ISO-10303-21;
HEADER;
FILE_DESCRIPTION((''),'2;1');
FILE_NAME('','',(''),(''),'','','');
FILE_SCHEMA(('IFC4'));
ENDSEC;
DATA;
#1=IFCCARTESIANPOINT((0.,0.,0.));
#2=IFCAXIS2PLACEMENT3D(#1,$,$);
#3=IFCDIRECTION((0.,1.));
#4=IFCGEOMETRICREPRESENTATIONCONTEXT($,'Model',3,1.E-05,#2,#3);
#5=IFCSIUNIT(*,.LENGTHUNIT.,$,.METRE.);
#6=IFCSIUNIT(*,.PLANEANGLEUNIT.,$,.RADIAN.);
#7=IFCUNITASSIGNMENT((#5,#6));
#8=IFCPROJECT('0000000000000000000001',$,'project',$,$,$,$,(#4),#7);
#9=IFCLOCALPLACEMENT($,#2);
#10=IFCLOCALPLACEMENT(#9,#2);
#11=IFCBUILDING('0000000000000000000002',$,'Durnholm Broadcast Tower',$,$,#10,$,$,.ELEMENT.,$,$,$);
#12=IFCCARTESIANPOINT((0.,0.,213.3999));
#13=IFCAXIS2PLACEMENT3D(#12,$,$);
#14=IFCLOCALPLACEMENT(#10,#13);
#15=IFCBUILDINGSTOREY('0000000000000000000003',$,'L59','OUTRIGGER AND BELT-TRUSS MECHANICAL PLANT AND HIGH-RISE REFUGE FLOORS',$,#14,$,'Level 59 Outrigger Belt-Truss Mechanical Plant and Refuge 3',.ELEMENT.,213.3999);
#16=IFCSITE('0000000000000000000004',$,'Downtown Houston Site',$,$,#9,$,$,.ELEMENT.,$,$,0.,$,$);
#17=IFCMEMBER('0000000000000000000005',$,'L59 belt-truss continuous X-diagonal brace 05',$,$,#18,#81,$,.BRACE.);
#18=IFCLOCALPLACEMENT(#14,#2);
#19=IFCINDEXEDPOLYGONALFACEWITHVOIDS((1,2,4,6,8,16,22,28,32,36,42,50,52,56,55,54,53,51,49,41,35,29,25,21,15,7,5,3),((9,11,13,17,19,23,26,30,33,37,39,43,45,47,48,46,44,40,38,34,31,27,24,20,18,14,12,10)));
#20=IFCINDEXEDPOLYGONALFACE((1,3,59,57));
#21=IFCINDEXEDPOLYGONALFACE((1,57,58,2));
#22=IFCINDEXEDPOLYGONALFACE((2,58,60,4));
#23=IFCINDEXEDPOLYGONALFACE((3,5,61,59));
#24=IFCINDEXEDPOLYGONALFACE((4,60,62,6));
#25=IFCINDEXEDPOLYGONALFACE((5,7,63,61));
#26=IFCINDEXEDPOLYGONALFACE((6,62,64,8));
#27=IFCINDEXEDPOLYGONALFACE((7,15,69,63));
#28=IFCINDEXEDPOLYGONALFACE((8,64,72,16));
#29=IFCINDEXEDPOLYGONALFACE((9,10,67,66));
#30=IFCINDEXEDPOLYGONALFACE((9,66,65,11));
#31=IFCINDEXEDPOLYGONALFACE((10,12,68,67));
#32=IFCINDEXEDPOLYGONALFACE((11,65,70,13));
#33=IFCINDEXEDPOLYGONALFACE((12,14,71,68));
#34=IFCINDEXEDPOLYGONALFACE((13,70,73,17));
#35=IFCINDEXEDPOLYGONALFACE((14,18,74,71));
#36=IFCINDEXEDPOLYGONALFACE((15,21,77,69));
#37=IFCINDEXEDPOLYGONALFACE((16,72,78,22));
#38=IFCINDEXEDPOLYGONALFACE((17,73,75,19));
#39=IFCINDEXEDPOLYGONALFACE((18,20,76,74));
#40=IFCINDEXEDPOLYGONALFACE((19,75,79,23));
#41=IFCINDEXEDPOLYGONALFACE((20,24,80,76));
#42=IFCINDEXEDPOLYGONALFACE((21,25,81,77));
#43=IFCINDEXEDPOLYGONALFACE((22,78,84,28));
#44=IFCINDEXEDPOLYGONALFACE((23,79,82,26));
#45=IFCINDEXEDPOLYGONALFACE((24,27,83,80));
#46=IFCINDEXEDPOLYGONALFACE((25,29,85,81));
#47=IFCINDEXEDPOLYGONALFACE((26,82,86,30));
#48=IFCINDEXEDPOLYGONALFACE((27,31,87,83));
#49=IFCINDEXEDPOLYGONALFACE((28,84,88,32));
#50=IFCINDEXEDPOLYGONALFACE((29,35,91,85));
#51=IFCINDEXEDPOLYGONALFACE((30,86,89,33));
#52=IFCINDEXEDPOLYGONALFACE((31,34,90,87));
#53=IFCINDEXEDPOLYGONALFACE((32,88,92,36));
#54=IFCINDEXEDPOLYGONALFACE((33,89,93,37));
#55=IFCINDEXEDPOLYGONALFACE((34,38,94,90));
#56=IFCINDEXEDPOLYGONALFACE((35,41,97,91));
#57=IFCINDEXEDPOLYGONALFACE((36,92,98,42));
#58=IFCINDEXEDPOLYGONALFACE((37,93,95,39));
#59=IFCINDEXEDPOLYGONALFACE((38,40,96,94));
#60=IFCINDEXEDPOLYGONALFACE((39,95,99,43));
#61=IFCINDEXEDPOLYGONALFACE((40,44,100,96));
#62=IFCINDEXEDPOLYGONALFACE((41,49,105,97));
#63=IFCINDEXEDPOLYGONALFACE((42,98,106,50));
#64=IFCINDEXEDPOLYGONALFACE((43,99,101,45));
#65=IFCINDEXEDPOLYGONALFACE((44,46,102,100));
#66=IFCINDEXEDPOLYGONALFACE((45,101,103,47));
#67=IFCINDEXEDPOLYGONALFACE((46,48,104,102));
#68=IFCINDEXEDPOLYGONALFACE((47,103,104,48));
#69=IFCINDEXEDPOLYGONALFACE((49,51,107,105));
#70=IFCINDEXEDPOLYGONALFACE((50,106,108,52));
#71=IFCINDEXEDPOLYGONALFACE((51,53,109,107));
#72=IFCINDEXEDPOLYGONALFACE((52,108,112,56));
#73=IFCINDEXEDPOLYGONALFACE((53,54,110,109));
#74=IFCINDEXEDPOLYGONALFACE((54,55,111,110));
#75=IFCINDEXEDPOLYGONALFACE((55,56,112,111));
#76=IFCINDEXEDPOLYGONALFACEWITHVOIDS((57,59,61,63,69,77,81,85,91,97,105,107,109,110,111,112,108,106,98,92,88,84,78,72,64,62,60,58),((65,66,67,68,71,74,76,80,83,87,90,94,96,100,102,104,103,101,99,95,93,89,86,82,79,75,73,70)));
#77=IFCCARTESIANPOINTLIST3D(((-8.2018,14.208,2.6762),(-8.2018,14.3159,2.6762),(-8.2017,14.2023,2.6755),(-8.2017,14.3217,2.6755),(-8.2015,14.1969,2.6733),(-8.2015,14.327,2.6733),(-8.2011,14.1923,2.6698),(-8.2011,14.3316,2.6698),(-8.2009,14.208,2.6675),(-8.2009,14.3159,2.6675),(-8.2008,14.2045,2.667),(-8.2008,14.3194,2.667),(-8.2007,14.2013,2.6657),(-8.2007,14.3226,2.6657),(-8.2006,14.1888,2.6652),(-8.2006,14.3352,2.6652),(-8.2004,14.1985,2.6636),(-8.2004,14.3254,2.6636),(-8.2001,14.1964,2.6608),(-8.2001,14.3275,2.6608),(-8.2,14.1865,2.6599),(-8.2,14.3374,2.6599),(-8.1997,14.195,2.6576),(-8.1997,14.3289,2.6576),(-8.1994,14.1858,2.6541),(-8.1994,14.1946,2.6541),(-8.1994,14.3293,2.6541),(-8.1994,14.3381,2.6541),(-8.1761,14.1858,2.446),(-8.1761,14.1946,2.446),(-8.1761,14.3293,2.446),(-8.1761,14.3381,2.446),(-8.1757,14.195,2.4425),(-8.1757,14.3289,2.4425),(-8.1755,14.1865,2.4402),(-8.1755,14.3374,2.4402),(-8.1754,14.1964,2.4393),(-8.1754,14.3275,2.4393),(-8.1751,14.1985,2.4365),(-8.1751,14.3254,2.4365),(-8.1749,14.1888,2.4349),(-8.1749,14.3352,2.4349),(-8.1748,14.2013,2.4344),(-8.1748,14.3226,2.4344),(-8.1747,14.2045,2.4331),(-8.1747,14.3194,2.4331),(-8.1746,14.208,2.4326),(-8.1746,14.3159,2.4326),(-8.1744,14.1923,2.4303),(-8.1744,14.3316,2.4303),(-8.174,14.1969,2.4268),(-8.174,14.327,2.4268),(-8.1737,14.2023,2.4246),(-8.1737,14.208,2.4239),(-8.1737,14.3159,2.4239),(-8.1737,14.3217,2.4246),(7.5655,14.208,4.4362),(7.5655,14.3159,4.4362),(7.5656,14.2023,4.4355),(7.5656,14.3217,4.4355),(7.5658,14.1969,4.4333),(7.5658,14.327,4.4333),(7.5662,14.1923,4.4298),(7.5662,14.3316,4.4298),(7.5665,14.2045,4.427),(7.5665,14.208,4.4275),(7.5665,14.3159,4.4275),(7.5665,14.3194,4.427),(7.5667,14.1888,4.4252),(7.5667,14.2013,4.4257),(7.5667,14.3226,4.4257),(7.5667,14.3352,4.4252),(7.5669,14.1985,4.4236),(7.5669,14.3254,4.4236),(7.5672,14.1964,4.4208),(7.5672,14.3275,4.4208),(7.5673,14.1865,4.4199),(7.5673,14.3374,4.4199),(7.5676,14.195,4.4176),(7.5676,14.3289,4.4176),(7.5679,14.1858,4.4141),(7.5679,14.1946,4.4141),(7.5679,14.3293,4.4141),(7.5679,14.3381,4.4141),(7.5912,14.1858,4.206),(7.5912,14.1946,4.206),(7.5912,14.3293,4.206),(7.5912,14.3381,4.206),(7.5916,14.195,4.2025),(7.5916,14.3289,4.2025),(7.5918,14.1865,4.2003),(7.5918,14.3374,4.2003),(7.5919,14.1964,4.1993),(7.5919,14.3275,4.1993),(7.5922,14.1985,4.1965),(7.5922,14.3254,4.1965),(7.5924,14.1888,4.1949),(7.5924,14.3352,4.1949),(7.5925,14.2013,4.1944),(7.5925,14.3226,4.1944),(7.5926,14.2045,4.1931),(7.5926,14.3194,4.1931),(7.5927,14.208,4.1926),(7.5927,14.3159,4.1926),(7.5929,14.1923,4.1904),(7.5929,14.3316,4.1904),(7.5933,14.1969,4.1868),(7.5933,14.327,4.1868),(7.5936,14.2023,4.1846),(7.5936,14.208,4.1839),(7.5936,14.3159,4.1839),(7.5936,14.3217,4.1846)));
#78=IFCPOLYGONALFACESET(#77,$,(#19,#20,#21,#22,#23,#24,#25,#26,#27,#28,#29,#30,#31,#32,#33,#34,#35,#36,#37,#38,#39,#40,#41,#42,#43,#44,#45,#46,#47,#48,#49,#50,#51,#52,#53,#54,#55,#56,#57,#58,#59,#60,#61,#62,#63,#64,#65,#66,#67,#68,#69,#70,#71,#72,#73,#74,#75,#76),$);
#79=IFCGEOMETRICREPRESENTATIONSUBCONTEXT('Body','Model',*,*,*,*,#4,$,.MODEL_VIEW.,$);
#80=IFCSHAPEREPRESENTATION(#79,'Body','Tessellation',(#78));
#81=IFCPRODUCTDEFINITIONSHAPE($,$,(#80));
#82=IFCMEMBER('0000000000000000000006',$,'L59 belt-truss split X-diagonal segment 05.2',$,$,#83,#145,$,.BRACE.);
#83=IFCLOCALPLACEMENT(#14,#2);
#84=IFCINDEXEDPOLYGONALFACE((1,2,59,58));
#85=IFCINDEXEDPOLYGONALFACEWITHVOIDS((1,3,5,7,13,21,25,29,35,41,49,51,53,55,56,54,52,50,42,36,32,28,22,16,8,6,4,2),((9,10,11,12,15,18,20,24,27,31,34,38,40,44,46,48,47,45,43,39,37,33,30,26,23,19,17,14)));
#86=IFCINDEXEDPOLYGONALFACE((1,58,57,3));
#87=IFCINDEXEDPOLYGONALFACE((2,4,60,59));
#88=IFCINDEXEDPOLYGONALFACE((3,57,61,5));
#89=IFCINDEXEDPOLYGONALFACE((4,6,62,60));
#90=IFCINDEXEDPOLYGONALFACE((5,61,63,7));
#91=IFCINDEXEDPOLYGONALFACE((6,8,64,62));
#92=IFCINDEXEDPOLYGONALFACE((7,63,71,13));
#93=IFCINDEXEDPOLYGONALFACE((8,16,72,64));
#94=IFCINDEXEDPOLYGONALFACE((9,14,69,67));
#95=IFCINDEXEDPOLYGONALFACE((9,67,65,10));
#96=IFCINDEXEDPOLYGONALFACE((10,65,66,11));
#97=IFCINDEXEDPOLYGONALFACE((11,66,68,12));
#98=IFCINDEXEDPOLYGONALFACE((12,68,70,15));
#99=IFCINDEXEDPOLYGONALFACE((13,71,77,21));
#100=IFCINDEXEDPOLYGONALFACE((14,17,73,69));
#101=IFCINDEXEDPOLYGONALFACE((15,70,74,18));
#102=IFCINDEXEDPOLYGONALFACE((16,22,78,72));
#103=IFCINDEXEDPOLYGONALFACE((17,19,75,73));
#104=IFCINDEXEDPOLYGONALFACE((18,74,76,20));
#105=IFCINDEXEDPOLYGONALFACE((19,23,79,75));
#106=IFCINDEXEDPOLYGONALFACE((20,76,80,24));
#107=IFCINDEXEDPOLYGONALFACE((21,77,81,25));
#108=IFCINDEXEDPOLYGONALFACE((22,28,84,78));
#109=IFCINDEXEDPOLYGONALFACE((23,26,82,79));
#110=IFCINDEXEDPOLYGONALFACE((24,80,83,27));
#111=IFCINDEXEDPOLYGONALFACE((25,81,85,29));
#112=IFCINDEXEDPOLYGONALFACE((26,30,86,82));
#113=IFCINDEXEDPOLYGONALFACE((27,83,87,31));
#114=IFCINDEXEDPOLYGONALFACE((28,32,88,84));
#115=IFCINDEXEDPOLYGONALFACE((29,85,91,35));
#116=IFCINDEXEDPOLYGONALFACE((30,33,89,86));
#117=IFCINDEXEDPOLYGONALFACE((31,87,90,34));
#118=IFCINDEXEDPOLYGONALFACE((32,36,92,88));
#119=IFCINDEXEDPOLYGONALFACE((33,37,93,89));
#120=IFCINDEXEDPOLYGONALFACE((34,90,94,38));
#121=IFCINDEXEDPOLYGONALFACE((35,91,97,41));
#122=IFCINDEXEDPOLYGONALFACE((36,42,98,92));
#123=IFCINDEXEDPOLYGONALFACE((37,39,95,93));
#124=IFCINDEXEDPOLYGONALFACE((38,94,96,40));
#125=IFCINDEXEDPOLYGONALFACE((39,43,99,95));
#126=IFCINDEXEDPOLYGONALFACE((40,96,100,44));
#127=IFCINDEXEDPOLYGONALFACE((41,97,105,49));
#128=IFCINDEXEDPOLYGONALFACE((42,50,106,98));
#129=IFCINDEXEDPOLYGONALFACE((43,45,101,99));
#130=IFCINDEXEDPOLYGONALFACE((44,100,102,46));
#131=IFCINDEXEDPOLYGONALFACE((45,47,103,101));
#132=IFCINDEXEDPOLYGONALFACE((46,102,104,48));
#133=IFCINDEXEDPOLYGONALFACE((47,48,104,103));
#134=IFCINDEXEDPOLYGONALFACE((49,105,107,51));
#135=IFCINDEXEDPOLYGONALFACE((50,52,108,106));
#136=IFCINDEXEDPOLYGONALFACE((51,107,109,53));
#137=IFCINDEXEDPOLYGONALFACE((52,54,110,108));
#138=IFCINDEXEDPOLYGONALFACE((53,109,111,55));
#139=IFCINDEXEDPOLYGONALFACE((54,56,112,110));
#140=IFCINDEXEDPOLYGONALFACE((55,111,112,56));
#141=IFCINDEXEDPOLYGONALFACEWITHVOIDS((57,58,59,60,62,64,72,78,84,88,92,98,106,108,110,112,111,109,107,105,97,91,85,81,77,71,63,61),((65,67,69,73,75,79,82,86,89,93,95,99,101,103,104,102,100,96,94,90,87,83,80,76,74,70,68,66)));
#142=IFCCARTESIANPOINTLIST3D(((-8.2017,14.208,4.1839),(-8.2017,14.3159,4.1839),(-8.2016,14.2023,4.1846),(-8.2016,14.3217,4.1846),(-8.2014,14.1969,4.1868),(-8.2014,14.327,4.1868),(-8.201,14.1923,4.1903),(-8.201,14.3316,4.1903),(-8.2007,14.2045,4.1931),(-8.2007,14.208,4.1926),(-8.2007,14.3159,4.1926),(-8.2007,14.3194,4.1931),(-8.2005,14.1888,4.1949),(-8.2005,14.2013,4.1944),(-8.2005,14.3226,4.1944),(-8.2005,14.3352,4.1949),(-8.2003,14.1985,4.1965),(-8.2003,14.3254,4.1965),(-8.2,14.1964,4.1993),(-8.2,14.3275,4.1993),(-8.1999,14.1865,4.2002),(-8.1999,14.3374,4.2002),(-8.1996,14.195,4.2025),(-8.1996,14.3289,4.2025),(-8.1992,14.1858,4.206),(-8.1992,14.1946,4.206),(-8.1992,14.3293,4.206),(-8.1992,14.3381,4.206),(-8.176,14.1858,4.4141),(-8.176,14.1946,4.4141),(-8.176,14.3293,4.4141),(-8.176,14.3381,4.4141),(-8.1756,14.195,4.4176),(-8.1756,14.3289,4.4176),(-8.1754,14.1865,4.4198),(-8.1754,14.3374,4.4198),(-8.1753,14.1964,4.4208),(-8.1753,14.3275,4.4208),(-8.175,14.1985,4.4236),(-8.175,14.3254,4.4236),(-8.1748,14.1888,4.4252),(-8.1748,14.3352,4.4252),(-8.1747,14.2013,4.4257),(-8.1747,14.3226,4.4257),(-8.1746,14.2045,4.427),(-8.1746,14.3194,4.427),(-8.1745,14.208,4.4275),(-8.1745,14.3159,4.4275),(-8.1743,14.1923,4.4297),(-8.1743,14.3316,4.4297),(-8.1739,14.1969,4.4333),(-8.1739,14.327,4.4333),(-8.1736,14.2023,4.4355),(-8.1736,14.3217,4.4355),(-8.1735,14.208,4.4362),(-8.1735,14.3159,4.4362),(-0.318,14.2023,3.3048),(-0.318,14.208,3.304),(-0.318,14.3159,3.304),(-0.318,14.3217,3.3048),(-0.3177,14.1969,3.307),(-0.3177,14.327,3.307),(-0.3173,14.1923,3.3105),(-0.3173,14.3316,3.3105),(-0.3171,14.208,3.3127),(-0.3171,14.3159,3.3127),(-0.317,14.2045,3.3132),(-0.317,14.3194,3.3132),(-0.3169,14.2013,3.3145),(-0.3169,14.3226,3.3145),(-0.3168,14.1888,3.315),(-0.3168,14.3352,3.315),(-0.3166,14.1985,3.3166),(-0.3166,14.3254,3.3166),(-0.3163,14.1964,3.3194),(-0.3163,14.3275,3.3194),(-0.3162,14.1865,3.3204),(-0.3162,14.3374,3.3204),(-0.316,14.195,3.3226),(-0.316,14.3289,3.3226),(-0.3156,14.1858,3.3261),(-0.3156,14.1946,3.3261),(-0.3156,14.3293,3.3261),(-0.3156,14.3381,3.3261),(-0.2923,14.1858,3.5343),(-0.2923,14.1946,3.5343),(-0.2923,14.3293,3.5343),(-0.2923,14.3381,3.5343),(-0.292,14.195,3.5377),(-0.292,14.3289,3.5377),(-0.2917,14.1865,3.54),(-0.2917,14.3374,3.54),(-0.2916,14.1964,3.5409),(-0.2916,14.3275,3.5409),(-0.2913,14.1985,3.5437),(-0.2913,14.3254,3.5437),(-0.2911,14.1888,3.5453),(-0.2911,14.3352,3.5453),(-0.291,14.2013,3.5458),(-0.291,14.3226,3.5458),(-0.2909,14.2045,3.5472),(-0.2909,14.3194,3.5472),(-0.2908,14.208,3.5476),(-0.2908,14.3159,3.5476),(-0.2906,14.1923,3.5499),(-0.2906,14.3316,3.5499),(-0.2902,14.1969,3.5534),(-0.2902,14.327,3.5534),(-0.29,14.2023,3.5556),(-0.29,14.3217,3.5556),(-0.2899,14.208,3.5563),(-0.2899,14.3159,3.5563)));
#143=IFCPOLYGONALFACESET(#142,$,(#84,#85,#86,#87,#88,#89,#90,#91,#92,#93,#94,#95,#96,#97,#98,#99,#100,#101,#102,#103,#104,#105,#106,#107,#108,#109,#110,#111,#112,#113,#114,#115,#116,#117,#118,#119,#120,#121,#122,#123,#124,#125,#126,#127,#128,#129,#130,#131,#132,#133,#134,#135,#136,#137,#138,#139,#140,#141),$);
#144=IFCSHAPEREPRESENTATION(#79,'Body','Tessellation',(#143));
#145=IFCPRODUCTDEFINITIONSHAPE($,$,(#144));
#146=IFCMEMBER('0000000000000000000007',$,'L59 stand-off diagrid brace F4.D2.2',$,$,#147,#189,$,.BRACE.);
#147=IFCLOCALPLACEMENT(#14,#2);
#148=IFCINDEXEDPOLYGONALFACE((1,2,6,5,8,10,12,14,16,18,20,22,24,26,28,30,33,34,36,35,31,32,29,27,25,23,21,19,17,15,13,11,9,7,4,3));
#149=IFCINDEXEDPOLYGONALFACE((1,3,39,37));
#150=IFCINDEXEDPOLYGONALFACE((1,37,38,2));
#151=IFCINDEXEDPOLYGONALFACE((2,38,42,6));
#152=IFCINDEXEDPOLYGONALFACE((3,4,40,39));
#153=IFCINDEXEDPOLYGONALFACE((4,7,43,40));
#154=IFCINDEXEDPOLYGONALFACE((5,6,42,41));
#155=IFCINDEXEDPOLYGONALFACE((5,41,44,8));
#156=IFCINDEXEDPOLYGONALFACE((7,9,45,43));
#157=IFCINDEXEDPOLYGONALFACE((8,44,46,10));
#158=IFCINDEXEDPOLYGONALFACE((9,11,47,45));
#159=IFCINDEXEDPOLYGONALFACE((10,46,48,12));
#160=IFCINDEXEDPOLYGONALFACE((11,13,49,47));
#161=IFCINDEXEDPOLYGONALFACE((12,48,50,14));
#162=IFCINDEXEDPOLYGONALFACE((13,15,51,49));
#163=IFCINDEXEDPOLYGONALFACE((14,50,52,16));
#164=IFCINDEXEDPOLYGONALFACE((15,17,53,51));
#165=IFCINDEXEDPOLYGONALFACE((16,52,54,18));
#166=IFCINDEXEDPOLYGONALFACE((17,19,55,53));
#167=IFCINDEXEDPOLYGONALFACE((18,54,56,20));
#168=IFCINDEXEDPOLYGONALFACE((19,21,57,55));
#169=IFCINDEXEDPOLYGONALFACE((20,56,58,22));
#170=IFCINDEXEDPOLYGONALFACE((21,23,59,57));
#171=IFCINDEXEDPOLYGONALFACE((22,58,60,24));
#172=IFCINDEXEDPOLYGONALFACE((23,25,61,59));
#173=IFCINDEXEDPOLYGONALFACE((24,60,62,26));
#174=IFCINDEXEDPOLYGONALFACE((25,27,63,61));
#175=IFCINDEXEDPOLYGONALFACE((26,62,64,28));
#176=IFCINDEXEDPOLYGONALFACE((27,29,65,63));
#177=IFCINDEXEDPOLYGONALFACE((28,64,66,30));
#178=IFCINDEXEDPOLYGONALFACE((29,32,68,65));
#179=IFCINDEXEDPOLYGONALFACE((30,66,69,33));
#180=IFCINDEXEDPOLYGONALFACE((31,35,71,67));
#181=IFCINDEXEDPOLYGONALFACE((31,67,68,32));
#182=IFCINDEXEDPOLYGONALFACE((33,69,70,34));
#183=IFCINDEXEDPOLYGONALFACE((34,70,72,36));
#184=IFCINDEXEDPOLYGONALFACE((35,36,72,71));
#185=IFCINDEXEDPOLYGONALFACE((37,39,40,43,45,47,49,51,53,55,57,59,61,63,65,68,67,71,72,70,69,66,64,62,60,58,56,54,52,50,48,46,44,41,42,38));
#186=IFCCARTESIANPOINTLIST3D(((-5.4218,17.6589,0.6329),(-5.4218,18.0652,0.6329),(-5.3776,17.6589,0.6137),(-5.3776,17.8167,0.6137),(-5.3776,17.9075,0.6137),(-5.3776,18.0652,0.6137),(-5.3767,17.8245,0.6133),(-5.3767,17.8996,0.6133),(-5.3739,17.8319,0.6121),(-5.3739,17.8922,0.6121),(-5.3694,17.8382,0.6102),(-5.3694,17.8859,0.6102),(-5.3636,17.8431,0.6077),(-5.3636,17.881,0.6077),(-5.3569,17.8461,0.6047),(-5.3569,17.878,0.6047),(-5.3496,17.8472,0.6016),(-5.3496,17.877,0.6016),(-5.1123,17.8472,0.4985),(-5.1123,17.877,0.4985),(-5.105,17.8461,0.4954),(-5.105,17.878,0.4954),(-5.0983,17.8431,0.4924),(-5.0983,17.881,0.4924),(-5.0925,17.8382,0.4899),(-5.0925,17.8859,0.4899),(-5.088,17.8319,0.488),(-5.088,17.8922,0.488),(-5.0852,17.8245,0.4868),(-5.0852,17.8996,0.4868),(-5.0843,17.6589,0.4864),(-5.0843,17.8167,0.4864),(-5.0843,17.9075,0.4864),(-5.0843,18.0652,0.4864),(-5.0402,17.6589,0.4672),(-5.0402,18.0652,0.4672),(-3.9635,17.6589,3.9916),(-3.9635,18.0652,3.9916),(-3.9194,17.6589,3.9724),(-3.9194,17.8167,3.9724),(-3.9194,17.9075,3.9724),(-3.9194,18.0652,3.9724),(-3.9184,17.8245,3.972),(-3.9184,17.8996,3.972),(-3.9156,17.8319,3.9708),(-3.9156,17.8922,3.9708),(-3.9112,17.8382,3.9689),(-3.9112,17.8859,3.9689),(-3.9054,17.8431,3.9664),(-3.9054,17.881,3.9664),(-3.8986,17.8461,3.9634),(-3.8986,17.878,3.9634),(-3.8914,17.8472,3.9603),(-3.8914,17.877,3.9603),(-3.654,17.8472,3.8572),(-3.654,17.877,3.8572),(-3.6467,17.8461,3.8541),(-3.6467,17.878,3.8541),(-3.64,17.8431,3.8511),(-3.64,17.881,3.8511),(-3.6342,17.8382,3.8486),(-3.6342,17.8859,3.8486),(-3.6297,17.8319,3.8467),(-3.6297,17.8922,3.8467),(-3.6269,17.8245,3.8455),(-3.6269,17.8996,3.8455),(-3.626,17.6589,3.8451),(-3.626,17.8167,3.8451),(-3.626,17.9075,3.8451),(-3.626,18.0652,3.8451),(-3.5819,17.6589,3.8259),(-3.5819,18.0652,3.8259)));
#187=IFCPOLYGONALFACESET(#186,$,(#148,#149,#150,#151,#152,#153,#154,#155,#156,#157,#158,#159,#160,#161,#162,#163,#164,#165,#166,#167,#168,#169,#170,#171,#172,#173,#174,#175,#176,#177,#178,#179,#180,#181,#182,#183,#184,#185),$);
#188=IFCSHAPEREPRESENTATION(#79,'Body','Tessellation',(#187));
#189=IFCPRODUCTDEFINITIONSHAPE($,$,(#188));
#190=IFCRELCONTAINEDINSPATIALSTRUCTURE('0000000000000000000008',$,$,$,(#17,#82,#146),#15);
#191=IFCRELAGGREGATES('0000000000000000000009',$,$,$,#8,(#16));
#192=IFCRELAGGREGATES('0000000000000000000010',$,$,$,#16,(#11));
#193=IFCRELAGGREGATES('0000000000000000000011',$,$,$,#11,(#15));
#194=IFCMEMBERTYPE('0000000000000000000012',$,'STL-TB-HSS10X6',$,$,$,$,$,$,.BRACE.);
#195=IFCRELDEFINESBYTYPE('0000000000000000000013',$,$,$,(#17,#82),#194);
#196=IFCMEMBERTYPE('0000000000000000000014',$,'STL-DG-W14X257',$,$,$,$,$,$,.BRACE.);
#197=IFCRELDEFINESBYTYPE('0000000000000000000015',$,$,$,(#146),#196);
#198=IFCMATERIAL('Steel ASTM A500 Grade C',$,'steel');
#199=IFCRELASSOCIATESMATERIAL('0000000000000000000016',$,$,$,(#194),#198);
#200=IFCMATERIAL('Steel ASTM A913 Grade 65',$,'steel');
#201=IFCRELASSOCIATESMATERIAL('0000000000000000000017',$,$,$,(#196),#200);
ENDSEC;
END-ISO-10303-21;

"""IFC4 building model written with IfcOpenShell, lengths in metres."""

from ifc_helpers import new_model, si_unit, direction, frame, origin, origin_2d, place, context, subcontext, project, spatial, hollow_rectangle, i_section, extrude, source, transform, mapped, material, material_profile, profile_set, type_object, type_shapes, element, save


model = new_model("IFC4")

# Units and contexts
model_context = context("Model", 3, precision=1e-05, world=origin(), true_north=direction((0.0, 1.0)))
body_context = subcontext(model_context, "Body", "Model", "MODEL_VIEW")
ifc_project = project(units=[si_unit("LENGTHUNIT", "METRE"), si_unit("PLANEANGLEUNIT", "RADIAN")], contexts=[model_context])

# Site, building, storey
site_placement = place(None, origin())
site = spatial("IfcSite", under=ifc_project, at=site_placement, Name="Downtown Houston Site", CompositionType="ELEMENT", RefElevation=0.0)
building_placement = place(site_placement, origin())
building = spatial("IfcBuilding", under=site, at=building_placement, Name="Durnholm Broadcast Tower", CompositionType="ELEMENT")
storey_placement = place(building_placement, frame((0.0, 0.0, 213.3999)))
storey = spatial("IfcBuildingStorey", under=building, at=storey_placement, Name="L59", Description="OUTRIGGER AND BELT-TRUSS MECHANICAL PLANT AND HIGH-RISE REFUGE FLOORS", LongName="Level 59 Outrigger Belt-Truss Mechanical Plant and Refuge 3", CompositionType="ELEMENT", Elevation=213.3999)

# Members
ifc_material_1 = material(Name="Steel ASTM A500 Grade C", Category="steel")
ifc_material_profile_1 = material_profile(ifc_material_1, hollow_rectangle(XDim=0.1523, YDim=0.2539, WallThickness=0.0088, InnerFilletRadius=0.0134, OuterFilletRadius=0.0222, at=origin_2d()), Name="HSS10X6X3/8")
ifc_profile_set_1 = profile_set([ifc_material_profile_1], Name="Steel ASTM A500 Grade C")
member_type_1 = type_object("IfcMemberType", Name="STL-TB-HSS10X6", PredefinedType="BRACE", material=ifc_profile_set_1)
shared_shape_1 = source(origin(), body_context, "Body", "SweptSolid", [
    extrude(hollow_rectangle(XDim=0.1523, YDim=0.2539, WallThickness=0.0088, InnerFilletRadius=0.0134, OuterFilletRadius=0.0222, at=origin_2d()), origin(), (0.0, 0.0, 1.0), 15.8652),
])
member_1_placement = place(storey_placement, frame((-8.1877, 14.262, 2.55), z_axis=(0.993828, 0.0, 0.110935), x_axis=(0.0, 1.0, 0.0)))
element("IfcMember", 1, at=member_1_placement, inside=storey, type_object=member_type_1, Name="L59 belt-truss continuous X-diagonal brace 05", PredefinedType="BRACE", context=body_context, shape_type="MappedRepresentation", body=[
    mapped(shared_shape_1, transform((0.0, 0.0, 0.0), x_axis=(1.0, 0.0, 0.0), y_axis=(0.0, 1.0, 0.0), z_axis=(0.0, 0.0, 1.0), scale=1.0)),
])
shared_shape_2 = source(origin(), body_context, "Body", "SweptSolid", [
    extrude(hollow_rectangle(XDim=0.1523, YDim=0.2539, WallThickness=0.0088, InnerFilletRadius=0.0134, OuterFilletRadius=0.0222, at=origin_2d()), origin(), (0.0, 0.0, 1.0), 7.9326),
])
type_shapes(member_type_1, [shared_shape_1, shared_shape_2])
member_2_placement = place(storey_placement, frame((-0.304, 14.262, 3.4302), z_axis=(-0.99383, 0.0, 0.110918), x_axis=(0.0, -1.0, 0.0)))
element("IfcMember", 2, at=member_2_placement, inside=storey, type_object=member_type_1, Name="L59 belt-truss split X-diagonal segment 05.2", PredefinedType="BRACE", context=body_context, shape_type="MappedRepresentation", body=[
    mapped(shared_shape_2, transform((0.0, 0.0, 0.0), x_axis=(1.0, 0.0, 0.0), y_axis=(0.0, 1.0, 0.0), z_axis=(0.0, 0.0, 1.0), scale=1.0)),
])
ifc_material_2 = material(Name="Steel ASTM A913 Grade 65", Category="steel")
ifc_material_profile_2 = material_profile(ifc_material_2, i_section(OverallWidth=0.4062, OverallDepth=0.416, WebThickness=0.0298, FlangeThickness=0.0481, FilletRadius=0.0305, at=origin_2d()), Name="W14X257")
ifc_profile_set_2 = profile_set([ifc_material_profile_2], Name="Steel ASTM A913 Grade 65")
member_type_2 = type_object("IfcMemberType", Name="STL-DG-W14X257", PredefinedType="BRACE", material=ifc_profile_set_2)
shared_shape_3 = source(origin(), body_context, "Body", "SweptSolid", [
    extrude(i_section(OverallWidth=0.4062, OverallDepth=0.416, WebThickness=0.0298, FlangeThickness=0.0481, FilletRadius=0.0305, at=origin_2d()), origin(), (0.0, 0.0, 1.0), 3.6616),
])
member_3_placement = place(storey_placement, frame((-5.231, 17.8621, 0.55), z_axis=(0.39826, 0.0, 0.917272), x_axis=(0.0, 1.0, 0.0)))
element("IfcMember", 3, at=member_3_placement, inside=storey, type_object=member_type_2, Name="L59 stand-off diagrid brace F4.D2.2", PredefinedType="BRACE", context=body_context, shape_type="MappedRepresentation", body=[
    mapped(shared_shape_3, transform((0.0, 0.0, 0.0), x_axis=(1.0, 0.0, 0.0), y_axis=(0.0, 1.0, 0.0), z_axis=(0.0, 0.0, 1.0), scale=1.0)),
])

save(model, "model.ifc")
